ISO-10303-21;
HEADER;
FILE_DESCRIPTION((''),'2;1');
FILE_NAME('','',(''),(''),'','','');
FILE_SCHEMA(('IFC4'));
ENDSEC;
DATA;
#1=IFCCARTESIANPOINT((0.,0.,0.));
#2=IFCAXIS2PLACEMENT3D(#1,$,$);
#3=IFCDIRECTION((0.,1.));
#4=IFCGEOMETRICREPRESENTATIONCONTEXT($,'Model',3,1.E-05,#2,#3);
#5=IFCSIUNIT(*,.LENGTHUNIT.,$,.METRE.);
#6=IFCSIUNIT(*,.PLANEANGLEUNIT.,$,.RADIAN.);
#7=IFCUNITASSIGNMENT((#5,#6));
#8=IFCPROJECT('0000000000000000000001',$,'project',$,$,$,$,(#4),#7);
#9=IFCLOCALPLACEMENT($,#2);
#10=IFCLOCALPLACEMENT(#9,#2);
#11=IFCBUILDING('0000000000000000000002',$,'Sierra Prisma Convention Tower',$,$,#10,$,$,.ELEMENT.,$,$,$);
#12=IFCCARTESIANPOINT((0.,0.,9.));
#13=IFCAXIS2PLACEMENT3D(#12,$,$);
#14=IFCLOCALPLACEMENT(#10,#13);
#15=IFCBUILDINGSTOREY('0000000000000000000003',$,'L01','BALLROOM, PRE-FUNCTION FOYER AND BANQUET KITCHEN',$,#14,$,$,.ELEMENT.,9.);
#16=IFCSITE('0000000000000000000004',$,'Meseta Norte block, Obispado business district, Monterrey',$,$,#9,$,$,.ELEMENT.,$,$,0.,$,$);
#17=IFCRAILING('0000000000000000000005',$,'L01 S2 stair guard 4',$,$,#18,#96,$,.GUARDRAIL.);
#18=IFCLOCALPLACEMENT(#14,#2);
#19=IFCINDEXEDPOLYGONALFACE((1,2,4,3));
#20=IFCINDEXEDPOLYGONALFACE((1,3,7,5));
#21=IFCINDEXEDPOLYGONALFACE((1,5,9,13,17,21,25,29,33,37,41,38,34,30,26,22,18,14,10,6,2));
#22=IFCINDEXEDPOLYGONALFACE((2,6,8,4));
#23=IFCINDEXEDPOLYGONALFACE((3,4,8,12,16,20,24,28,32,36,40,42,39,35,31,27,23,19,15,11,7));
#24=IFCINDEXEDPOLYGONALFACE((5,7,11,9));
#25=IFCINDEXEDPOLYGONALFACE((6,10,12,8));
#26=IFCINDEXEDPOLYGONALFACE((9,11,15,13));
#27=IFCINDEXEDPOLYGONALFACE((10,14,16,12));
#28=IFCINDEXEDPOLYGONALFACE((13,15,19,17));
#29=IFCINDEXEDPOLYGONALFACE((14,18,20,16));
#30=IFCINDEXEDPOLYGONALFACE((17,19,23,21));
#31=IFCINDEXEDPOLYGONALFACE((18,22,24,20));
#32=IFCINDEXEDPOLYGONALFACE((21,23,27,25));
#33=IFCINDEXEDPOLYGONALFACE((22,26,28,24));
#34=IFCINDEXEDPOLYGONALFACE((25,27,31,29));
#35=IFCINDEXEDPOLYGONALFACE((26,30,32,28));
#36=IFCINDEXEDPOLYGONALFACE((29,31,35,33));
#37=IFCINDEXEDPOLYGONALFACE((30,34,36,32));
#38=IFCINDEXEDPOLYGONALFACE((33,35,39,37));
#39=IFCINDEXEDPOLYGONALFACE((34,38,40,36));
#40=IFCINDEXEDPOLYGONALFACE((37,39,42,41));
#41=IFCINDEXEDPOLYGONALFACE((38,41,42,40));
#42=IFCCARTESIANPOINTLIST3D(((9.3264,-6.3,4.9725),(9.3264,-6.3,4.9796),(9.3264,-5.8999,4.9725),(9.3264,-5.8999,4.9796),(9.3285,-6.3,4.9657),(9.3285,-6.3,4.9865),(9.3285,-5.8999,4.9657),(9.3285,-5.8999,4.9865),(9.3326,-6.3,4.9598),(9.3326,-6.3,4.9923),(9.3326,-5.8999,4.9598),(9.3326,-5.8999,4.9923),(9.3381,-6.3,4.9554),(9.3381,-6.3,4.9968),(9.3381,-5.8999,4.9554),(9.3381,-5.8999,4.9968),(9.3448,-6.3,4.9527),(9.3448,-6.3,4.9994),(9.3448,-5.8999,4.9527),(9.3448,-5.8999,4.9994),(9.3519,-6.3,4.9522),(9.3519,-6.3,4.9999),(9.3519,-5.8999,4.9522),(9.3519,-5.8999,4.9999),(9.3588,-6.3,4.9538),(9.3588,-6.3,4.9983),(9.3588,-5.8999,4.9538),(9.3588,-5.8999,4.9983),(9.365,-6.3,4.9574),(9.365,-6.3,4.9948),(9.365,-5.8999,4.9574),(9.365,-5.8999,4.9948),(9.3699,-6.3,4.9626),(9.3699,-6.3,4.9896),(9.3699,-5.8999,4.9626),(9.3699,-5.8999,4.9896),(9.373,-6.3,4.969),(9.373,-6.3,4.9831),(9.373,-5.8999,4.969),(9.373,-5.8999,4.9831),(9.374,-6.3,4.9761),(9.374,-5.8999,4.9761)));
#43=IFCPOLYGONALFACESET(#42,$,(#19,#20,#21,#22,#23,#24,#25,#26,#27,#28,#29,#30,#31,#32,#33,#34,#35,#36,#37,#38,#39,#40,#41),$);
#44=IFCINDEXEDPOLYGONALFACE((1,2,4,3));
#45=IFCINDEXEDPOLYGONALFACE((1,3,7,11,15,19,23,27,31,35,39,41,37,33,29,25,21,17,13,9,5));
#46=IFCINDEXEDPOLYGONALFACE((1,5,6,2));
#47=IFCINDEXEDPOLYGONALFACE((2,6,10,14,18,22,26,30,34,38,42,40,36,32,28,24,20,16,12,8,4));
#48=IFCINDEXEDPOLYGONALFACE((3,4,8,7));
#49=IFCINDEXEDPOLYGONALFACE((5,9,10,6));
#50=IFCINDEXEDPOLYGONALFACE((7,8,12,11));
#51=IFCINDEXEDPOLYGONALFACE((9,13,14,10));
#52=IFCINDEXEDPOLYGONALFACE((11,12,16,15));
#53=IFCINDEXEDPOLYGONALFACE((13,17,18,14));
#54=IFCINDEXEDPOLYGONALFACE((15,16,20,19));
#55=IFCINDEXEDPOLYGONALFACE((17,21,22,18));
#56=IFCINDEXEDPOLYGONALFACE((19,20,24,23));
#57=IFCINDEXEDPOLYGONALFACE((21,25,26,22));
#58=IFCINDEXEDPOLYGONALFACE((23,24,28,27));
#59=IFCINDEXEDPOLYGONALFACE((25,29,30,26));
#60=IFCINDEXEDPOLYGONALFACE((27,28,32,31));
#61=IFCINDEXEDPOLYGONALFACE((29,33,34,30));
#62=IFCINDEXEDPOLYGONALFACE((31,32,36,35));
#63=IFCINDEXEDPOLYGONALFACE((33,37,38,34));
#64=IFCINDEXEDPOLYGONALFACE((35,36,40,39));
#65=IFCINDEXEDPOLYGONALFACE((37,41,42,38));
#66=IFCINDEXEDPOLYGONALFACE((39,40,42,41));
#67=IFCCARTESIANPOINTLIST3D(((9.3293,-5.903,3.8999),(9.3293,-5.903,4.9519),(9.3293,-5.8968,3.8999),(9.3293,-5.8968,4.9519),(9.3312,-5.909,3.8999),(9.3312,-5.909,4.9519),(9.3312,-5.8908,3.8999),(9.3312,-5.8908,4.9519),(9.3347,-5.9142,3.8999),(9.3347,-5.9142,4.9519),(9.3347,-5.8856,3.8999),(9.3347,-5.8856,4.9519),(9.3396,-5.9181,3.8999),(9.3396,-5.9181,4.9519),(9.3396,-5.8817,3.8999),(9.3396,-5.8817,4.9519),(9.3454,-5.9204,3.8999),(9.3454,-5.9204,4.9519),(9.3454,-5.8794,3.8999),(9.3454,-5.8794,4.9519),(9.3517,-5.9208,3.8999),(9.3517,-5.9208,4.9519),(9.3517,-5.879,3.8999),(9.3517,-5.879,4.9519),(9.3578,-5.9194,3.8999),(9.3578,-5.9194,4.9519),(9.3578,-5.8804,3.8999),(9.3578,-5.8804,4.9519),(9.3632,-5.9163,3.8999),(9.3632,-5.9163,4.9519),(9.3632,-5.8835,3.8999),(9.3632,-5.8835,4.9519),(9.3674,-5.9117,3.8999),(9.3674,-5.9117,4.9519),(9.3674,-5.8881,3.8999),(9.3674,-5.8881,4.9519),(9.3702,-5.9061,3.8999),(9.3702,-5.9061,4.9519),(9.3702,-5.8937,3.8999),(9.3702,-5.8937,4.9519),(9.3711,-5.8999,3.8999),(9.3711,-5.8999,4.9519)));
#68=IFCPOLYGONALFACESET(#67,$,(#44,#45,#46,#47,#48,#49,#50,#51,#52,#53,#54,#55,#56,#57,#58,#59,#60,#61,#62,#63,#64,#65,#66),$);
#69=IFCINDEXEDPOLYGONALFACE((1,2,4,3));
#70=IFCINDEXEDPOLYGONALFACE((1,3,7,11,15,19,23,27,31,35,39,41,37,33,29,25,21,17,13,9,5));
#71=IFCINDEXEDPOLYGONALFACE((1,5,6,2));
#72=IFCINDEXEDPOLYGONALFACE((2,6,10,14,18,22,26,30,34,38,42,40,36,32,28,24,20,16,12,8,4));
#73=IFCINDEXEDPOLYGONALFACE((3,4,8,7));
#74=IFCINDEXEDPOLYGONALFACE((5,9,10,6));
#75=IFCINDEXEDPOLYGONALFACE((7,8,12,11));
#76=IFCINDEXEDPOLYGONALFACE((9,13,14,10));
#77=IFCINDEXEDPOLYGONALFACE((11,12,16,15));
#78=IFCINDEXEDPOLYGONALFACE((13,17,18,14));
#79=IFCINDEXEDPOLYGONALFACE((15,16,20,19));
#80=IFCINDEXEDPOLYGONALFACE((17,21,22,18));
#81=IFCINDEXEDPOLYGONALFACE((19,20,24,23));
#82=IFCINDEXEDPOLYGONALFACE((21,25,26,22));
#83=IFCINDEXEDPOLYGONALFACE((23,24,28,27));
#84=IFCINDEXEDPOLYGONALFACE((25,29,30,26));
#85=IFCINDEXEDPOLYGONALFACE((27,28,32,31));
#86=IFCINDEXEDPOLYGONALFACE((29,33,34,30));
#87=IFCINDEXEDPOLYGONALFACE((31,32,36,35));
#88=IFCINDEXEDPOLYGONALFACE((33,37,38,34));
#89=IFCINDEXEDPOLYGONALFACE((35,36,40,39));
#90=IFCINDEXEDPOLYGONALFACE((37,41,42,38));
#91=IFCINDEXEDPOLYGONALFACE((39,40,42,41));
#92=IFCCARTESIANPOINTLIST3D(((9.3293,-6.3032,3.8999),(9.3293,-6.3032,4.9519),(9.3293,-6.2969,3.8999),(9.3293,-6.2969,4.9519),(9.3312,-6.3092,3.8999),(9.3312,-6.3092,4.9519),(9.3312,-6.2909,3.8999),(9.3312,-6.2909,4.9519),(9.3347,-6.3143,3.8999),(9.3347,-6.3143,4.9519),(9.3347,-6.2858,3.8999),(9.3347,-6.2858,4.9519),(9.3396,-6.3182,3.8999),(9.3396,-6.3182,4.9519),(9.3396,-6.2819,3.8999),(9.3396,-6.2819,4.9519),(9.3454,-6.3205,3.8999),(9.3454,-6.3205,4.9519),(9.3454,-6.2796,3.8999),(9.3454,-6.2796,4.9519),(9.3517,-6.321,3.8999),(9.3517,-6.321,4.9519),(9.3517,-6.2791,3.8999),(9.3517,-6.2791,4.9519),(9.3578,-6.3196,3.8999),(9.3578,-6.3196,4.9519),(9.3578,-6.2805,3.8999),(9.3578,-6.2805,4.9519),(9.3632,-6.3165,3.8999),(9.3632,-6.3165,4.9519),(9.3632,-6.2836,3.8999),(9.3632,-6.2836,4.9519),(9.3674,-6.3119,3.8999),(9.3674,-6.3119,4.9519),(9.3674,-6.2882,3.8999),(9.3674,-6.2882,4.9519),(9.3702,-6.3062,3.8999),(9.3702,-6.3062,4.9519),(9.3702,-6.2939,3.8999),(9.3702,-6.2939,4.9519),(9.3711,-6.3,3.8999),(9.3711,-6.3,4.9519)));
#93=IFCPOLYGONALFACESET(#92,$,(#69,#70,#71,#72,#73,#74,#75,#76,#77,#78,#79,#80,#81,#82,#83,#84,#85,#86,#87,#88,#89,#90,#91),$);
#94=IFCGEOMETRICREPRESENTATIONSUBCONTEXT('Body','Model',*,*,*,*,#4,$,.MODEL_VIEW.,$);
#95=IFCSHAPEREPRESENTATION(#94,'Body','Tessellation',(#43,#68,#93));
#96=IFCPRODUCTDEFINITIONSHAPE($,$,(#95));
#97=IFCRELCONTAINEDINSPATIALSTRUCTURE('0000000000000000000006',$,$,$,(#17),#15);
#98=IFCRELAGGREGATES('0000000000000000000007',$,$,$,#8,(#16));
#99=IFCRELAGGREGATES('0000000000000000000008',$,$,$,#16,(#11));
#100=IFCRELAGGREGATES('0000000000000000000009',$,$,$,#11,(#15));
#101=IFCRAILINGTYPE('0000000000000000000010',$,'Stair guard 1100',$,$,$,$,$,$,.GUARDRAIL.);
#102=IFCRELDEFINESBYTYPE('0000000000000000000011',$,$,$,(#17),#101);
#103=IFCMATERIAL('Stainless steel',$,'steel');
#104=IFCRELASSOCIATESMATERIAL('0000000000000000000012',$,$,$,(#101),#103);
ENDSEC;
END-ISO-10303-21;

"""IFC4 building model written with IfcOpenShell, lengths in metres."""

from ifc_helpers import new_model, si_unit, direction, frame, origin, origin_2d, place, context, subcontext, project, spatial, circle, extrude, material, type_object, element, save


model = new_model("IFC4")

# Units and contexts
model_context = context("Model", 3, precision=1e-05, world=origin(), true_north=direction((0.0, 1.0)))
body_context = subcontext(model_context, "Body", "Model", "MODEL_VIEW")
ifc_project = project(units=[si_unit("LENGTHUNIT", "METRE"), si_unit("PLANEANGLEUNIT", "RADIAN")], contexts=[model_context])

# Site, building, storey
site_placement = place(None, origin())
site = spatial("IfcSite", under=ifc_project, at=site_placement, Name="Meseta Norte block, Obispado business district, Monterrey", CompositionType="ELEMENT", RefElevation=0.0)
building_placement = place(site_placement, origin())
building = spatial("IfcBuilding", under=site, at=building_placement, Name="Sierra Prisma Convention Tower", CompositionType="ELEMENT")
storey_placement = place(building_placement, frame((0.0, 0.0, 9.0)))
storey = spatial("IfcBuildingStorey", under=building, at=storey_placement, Name="L01", Description="BALLROOM, PRE-FUNCTION FOYER AND BANQUET KITCHEN", CompositionType="ELEMENT", Elevation=9.0)

# Railing
ifc_material_1 = material(Name="Stainless steel", Category="steel")
railing_type = type_object("IfcRailingType", Name="Stair guard 1100", PredefinedType="GUARDRAIL", material=ifc_material_1)
railing_1_placement = place(storey_placement, frame((9.3501, -5.8999, 3.8999)))
element("IfcRailing", 1, at=railing_1_placement, inside=storey, type_object=railing_type, Name="L01 S2 stair guard 4", PredefinedType="GUARDRAIL", context=body_context, shape_type="SweptSolid", body=[
    extrude(circle(Radius=0.0239, at=origin_2d()), frame((0.0, 0.0, 1.0762), z_axis=(0.0, -1.0, 0.0), x_axis=(1.0, 0.0, 0.0)), (0.0, 0.0, 1.0), 0.4001),
    extrude(circle(Radius=0.021, at=origin_2d()), origin(), (0.0, 0.0, 1.0), 1.052),
    extrude(circle(Radius=0.021, at=origin_2d()), frame((0.0, -0.4001, 0.0)), (0.0, 0.0, 1.0), 1.052),
])

save(model, "model.ifc")
